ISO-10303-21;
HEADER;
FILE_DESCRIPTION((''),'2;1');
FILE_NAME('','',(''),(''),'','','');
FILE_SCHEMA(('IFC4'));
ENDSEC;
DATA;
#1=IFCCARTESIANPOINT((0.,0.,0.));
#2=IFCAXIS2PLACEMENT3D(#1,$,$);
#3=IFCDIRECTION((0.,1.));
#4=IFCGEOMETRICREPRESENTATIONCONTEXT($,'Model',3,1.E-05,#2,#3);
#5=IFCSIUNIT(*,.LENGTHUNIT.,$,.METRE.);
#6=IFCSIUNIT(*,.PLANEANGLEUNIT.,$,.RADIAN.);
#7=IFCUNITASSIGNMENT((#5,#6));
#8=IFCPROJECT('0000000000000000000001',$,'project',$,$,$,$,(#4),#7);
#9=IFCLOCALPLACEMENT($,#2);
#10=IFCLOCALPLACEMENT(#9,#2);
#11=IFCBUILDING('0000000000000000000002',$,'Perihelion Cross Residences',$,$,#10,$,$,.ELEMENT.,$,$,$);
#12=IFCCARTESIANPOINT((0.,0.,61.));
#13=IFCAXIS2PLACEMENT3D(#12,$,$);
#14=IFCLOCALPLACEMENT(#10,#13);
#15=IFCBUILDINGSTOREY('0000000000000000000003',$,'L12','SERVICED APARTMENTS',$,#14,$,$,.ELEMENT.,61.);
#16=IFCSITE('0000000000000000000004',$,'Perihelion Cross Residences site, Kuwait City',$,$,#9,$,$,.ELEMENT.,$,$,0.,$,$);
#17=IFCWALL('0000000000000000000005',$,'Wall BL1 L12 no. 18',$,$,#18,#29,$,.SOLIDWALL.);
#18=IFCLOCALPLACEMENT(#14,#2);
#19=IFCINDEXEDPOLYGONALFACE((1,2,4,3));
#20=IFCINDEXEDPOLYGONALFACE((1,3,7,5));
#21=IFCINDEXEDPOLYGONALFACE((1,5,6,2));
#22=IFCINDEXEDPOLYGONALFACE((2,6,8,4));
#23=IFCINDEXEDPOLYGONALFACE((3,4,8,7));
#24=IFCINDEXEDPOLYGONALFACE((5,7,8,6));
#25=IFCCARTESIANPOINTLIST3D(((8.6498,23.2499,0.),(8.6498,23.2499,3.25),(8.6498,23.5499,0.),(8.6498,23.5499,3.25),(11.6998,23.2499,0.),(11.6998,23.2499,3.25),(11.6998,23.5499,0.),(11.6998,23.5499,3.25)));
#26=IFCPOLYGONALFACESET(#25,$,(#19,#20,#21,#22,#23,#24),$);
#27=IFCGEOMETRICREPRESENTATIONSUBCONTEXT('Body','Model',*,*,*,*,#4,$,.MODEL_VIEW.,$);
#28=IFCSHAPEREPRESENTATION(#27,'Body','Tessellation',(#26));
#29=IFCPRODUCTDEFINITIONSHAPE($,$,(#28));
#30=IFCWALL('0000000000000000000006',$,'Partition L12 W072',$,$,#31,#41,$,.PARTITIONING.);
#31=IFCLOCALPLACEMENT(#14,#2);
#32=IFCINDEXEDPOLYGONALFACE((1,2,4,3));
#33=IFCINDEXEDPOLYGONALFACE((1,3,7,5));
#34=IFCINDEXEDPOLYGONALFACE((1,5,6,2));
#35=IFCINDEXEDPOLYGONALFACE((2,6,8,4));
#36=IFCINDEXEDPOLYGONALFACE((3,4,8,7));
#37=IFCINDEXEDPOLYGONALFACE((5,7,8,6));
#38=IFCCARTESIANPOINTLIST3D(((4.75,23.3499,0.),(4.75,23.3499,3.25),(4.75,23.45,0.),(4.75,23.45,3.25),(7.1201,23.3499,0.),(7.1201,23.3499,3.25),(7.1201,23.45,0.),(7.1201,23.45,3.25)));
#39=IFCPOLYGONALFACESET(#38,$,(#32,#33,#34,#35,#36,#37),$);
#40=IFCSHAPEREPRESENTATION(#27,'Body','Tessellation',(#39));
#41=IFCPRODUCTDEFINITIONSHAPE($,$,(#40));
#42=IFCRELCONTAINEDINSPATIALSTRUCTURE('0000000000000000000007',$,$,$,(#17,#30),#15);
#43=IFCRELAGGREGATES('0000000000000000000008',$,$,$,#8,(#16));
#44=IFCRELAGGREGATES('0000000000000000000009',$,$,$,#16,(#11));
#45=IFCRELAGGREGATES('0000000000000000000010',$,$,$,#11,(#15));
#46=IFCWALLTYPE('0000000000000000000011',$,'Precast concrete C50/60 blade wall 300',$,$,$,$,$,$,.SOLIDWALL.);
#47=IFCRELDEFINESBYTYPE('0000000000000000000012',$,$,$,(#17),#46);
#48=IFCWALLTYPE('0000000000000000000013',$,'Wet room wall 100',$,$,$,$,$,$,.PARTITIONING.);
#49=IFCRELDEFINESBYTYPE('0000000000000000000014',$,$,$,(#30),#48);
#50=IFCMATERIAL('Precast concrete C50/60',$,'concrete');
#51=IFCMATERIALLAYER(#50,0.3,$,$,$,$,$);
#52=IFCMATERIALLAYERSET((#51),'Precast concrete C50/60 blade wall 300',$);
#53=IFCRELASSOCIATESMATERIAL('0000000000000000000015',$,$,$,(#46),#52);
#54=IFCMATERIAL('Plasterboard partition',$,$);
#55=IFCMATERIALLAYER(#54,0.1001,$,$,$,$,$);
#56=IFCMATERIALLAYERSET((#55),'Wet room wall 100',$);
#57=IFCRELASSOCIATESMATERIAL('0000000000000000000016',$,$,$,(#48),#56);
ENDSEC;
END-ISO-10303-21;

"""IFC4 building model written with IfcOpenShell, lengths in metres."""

from ifc_helpers import new_model, si_unit, direction, frame, frame_2d, origin, place, context, subcontext, project, spatial, rectangle, extrude, material, layer, layer_set, type_object, element, save


model = new_model("IFC4")

# Units and contexts
model_context = context("Model", 3, precision=1e-05, world=origin(), true_north=direction((0.0, 1.0)))
body_context = subcontext(model_context, "Body", "Model", "MODEL_VIEW")
ifc_project = project(units=[si_unit("LENGTHUNIT", "METRE"), si_unit("PLANEANGLEUNIT", "RADIAN")], contexts=[model_context])

# Site, building, storey
site_placement = place(None, origin())
site = spatial("IfcSite", under=ifc_project, at=site_placement, Name="Perihelion Cross Residences site, Kuwait City", CompositionType="ELEMENT", RefElevation=0.0)
building_placement = place(site_placement, origin())
building = spatial("IfcBuilding", under=site, at=building_placement, Name="Perihelion Cross Residences", CompositionType="ELEMENT")
storey_placement = place(building_placement, frame((0.0, 0.0, 61.0)))
storey = spatial("IfcBuildingStorey", under=building, at=storey_placement, Name="L12", Description="SERVICED APARTMENTS", CompositionType="ELEMENT", Elevation=61.0)

# Walls
ifc_material_1 = material(Name="Precast concrete C50/60", Category="concrete")
ifc_layer_1 = layer(ifc_material_1, 0.3)
ifc_layer_set_1 = layer_set([ifc_layer_1], Name="Precast concrete C50/60 blade wall 300")
wall_type_1 = type_object("IfcWallType", Name="Precast concrete C50/60 blade wall 300", PredefinedType="SOLIDWALL", material=ifc_layer_set_1)
for number, where, z_axis, x_axis, name in (
    (1, (8.6499, 23.3999, 0.0), (0.0, 0.0, 1.0), (1.0, 0.0, 0.0), "Wall BL1 L12 no. 18"),
):
    element("IfcWall", number, at=place(storey_placement, frame(where, z_axis=z_axis, x_axis=x_axis)), inside=storey, type_object=wall_type_1, Name=name, PredefinedType="SOLIDWALL", context=body_context, shape_type="SweptSolid", body=[
        extrude(rectangle(XDim=3.05, YDim=0.3, at=frame_2d((1.5249, 0.0))), origin(), (0.0, 0.0, 1.0), 3.25),
    ])
ifc_material_2 = material(Name="Plasterboard partition")
ifc_layer_2 = layer(ifc_material_2, 0.1001)
ifc_layer_set_2 = layer_set([ifc_layer_2], Name="Wet room wall 100")
wall_type_2 = type_object("IfcWallType", Name="Wet room wall 100", PredefinedType="PARTITIONING", material=ifc_layer_set_2)
wall_1_placement = place(storey_placement, frame((4.75, 23.3999, 0.0), z_axis=(0.0, 0.0, 1.0), x_axis=(1.0, 0.0, 0.0)))
element("IfcWall", 2, at=wall_1_placement, inside=storey, type_object=wall_type_2, Name="Partition L12 W072", PredefinedType="PARTITIONING", context=body_context, shape_type="SweptSolid", body=[
    extrude(rectangle(XDim=2.3701, YDim=0.1001, at=frame_2d((1.1851, 0.0))), origin(), (0.0, 0.0, 1.0), 3.25),
])

save(model, "model.ifc")
